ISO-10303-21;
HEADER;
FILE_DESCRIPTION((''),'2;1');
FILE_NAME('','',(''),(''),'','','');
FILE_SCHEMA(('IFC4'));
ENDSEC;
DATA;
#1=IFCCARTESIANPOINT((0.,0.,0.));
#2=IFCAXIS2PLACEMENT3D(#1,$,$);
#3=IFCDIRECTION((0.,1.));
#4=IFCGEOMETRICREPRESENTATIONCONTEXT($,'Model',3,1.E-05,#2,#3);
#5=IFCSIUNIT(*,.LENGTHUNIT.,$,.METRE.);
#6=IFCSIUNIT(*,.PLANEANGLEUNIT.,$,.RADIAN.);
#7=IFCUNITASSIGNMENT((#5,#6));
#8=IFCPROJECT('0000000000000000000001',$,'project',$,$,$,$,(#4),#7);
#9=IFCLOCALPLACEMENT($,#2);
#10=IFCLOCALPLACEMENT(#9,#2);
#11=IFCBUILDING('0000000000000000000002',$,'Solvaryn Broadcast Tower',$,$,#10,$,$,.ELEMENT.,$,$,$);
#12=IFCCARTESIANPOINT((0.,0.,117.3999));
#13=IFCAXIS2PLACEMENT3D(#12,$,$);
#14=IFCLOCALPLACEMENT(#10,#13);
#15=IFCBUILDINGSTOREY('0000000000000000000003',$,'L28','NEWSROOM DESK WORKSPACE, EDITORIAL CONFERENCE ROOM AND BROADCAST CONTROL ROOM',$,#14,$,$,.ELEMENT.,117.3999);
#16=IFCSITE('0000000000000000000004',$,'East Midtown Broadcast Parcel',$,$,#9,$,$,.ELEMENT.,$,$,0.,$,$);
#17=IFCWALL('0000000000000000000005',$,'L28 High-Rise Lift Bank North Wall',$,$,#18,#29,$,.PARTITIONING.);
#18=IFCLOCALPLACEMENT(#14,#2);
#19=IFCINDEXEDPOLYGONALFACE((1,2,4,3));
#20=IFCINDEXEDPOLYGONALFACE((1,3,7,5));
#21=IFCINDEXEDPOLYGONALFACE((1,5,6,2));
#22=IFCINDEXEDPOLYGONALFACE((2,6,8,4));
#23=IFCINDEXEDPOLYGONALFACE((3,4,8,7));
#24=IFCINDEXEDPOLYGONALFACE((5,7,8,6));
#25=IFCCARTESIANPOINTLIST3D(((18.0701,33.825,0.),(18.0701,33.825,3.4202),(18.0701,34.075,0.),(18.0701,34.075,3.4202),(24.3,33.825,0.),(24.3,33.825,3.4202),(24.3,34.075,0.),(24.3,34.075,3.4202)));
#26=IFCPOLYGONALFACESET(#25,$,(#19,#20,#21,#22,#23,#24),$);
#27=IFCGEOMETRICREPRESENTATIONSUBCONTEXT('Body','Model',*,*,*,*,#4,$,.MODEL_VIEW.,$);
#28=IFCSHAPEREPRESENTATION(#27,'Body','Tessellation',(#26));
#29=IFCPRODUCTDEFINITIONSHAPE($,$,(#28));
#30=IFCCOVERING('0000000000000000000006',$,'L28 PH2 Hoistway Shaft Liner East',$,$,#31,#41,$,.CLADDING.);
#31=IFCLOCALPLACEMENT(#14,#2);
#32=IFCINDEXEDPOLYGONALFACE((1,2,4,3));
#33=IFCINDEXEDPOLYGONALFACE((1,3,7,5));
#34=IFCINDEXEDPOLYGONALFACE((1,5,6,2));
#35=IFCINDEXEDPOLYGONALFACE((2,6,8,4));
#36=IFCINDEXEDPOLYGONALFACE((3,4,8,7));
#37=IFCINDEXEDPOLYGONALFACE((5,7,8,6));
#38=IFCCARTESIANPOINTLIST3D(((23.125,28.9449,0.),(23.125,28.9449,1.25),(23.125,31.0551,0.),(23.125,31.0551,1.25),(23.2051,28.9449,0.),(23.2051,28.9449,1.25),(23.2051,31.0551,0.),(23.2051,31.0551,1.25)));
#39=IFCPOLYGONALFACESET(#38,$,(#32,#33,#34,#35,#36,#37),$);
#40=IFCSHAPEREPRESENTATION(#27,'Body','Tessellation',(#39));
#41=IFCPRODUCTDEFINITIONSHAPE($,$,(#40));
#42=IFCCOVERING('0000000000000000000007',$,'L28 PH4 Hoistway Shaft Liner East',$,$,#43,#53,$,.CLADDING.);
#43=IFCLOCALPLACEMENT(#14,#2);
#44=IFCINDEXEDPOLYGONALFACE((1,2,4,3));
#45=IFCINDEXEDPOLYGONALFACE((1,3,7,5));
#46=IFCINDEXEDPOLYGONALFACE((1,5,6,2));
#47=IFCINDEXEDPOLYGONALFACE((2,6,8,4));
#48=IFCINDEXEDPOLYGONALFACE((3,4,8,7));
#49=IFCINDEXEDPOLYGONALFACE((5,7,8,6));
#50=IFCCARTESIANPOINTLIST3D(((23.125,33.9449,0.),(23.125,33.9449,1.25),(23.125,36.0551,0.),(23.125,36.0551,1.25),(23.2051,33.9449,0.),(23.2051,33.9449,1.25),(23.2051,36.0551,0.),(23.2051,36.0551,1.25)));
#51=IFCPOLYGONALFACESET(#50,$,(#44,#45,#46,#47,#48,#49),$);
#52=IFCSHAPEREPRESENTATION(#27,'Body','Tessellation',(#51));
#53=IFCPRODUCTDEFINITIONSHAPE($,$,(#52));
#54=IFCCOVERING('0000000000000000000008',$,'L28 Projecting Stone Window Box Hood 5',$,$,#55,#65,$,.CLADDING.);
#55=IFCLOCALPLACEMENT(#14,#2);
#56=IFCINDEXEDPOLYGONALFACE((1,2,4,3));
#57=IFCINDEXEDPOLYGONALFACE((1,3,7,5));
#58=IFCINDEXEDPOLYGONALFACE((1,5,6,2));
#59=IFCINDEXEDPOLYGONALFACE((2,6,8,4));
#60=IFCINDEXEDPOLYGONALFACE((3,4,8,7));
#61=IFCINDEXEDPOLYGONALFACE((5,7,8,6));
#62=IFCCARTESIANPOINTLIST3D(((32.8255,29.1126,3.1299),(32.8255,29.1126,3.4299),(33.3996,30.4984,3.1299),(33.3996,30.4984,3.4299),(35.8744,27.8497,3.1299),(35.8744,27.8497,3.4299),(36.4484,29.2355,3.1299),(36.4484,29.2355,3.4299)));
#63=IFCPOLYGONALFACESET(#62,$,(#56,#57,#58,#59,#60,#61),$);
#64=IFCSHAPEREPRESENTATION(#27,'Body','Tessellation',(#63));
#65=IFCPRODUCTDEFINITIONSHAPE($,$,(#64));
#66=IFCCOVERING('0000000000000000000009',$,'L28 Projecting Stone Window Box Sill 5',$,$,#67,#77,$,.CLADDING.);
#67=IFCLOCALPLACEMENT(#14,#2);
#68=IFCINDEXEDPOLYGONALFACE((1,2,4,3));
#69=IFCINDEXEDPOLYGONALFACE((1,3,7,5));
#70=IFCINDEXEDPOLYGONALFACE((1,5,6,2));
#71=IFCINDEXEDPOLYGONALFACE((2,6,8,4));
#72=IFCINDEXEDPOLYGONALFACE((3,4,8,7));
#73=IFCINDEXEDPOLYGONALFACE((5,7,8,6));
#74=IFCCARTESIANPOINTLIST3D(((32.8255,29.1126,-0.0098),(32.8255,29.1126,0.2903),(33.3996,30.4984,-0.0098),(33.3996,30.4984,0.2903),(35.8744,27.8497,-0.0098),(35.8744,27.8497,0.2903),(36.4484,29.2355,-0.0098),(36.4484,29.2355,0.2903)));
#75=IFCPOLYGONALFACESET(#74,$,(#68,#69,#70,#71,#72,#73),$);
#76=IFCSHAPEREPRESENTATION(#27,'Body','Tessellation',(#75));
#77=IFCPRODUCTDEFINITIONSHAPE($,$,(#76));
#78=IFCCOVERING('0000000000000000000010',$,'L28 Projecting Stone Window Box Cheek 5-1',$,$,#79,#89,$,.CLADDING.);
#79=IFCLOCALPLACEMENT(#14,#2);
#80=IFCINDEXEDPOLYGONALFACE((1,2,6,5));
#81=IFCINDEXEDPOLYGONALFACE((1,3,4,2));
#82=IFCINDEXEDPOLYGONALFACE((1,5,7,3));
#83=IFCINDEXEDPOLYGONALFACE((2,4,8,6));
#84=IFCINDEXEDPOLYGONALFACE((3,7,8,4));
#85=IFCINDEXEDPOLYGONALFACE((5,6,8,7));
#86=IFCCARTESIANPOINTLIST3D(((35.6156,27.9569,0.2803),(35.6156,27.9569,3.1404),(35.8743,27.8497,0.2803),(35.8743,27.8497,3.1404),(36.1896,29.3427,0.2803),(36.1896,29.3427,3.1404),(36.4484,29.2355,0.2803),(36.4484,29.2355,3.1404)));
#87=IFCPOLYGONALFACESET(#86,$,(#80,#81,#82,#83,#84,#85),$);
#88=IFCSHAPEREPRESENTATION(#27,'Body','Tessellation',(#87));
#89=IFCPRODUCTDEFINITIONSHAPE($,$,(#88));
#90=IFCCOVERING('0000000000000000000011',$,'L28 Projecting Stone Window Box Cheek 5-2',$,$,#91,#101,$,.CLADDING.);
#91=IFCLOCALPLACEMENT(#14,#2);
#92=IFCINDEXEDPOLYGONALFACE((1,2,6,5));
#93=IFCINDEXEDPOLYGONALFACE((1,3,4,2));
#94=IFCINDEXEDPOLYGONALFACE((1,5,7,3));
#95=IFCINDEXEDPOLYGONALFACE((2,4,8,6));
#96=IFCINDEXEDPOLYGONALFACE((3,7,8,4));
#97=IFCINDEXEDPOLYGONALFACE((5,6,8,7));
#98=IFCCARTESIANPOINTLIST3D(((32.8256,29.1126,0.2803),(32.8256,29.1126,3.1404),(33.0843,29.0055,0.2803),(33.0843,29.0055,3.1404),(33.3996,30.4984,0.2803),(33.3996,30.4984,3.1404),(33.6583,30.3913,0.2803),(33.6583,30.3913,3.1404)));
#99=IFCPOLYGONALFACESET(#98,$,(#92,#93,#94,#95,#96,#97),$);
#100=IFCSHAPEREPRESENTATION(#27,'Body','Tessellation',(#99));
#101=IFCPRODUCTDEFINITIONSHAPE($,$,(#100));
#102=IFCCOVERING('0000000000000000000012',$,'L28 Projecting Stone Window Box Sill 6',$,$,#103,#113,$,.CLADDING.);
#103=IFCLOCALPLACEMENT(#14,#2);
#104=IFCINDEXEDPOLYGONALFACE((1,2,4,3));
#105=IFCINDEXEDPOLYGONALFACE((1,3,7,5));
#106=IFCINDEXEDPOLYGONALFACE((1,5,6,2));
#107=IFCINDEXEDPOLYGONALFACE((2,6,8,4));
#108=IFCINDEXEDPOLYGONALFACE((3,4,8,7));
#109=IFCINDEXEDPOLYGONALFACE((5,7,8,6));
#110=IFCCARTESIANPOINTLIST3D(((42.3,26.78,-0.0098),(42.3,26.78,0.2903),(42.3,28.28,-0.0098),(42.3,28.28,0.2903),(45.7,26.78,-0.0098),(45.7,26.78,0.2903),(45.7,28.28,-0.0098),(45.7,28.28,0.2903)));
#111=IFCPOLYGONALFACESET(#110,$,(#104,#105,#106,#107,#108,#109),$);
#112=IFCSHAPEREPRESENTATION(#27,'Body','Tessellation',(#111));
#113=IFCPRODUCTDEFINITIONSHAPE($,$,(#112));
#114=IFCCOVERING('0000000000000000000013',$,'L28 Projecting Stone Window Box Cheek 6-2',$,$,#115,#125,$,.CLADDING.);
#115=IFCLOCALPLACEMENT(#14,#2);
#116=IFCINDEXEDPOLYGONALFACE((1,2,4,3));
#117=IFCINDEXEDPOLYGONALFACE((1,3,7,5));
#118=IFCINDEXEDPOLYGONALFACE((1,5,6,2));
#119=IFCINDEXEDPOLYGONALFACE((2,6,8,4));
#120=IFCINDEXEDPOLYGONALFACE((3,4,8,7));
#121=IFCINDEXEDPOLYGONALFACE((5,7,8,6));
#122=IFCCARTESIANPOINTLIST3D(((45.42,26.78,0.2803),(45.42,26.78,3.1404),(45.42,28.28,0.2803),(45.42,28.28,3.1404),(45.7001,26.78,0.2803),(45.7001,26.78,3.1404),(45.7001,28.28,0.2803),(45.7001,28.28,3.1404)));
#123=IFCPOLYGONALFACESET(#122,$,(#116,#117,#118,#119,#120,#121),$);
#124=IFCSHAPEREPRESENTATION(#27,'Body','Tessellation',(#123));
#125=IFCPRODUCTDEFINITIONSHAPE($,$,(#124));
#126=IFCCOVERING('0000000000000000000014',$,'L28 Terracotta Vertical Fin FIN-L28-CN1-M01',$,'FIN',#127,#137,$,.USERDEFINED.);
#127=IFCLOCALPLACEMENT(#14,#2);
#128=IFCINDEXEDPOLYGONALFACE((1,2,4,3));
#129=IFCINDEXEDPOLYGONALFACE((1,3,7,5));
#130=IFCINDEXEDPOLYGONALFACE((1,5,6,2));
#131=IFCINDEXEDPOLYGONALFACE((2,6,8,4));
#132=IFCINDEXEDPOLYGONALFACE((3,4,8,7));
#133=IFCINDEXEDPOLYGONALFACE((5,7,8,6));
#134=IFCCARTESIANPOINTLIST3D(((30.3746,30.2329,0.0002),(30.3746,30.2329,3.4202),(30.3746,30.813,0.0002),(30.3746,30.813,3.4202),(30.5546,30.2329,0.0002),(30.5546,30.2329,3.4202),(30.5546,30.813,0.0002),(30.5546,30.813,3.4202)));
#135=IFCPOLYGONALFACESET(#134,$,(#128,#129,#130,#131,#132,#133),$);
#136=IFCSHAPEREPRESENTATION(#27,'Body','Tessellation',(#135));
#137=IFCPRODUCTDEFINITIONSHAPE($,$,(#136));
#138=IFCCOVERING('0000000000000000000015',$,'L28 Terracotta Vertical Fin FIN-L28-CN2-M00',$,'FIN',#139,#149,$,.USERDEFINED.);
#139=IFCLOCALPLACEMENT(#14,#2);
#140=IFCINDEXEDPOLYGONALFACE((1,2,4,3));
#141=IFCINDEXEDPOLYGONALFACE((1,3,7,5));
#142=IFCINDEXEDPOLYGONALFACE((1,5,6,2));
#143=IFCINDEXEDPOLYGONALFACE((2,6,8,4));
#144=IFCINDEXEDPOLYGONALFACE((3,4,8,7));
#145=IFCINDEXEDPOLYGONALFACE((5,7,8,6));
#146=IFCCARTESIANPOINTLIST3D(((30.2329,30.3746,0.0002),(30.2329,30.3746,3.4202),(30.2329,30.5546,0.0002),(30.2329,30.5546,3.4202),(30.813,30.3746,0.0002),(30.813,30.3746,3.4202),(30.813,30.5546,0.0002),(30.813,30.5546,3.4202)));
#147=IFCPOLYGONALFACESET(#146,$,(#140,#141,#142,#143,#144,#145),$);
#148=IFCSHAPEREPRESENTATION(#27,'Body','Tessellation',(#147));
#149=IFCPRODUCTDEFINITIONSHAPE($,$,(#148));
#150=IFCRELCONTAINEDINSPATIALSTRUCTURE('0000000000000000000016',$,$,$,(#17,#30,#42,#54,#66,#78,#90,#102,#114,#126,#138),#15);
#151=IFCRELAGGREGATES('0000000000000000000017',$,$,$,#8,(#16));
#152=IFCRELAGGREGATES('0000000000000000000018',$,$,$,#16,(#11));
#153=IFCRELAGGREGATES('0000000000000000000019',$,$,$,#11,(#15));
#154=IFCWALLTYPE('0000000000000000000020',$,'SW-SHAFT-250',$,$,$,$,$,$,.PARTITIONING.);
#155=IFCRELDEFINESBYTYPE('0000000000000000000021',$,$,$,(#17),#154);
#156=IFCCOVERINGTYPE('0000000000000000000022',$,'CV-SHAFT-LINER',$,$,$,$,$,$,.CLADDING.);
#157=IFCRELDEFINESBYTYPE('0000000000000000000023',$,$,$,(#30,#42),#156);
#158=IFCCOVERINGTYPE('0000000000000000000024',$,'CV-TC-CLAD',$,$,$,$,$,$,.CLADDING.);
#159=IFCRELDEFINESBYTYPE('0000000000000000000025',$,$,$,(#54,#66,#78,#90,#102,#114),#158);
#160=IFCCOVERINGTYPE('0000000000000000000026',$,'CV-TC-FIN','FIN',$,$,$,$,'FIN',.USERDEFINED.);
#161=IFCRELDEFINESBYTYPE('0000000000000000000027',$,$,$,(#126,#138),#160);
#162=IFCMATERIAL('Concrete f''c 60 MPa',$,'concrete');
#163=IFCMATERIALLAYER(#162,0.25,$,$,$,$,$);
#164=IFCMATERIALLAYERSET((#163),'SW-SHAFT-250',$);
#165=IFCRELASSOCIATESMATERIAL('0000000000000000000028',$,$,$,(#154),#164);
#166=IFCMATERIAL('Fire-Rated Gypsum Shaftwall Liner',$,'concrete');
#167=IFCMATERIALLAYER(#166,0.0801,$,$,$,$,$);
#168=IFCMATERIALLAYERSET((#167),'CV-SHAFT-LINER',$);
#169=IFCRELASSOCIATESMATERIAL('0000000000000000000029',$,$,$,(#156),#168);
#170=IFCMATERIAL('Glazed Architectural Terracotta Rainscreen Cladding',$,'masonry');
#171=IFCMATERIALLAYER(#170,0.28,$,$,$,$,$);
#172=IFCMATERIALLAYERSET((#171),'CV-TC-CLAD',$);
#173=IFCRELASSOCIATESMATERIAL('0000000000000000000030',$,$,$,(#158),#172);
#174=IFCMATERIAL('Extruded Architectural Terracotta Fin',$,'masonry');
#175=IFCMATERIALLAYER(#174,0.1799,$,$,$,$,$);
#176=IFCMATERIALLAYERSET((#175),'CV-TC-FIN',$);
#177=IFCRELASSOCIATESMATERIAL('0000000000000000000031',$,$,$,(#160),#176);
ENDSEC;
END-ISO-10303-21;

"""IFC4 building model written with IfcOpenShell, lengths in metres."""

from ifc_helpers import new_model, si_unit, direction, frame, frame_2d, origin, origin_2d, place, context, subcontext, project, spatial, rectangle, extrude, material, layer, layer_set, type_object, element, save


model = new_model("IFC4")

# Units and contexts
model_context = context("Model", 3, precision=1e-05, world=origin(), true_north=direction((0.0, 1.0)))
body_context = subcontext(model_context, "Body", "Model", "MODEL_VIEW")
ifc_project = project(units=[si_unit("LENGTHUNIT", "METRE"), si_unit("PLANEANGLEUNIT", "RADIAN")], contexts=[model_context])

# Site, building, storey
site_placement = place(None, origin())
site = spatial("IfcSite", under=ifc_project, at=site_placement, Name="East Midtown Broadcast Parcel", CompositionType="ELEMENT", RefElevation=0.0)
building_placement = place(site_placement, origin())
building = spatial("IfcBuilding", under=site, at=building_placement, Name="Solvaryn Broadcast Tower", CompositionType="ELEMENT")
storey_placement = place(building_placement, frame((0.0, 0.0, 117.3999)))
storey = spatial("IfcBuildingStorey", under=building, at=storey_placement, Name="L28", Description="NEWSROOM DESK WORKSPACE, EDITORIAL CONFERENCE ROOM AND BROADCAST CONTROL ROOM", CompositionType="ELEMENT", Elevation=117.3999)

# Wall
ifc_material_1 = material(Name="Concrete f'c 60 MPa", Category="concrete")
ifc_layer_1 = layer(ifc_material_1, 0.25)
ifc_layer_set_1 = layer_set([ifc_layer_1], Name="SW-SHAFT-250")
wall_type_1 = type_object("IfcWallType", Name="SW-SHAFT-250", PredefinedType="PARTITIONING", material=ifc_layer_set_1)
wall_1_placement = place(storey_placement, frame((24.3, 33.95, 0.0), z_axis=(0.0, 0.0, 1.0), x_axis=(-1.0, 0.0, 0.0)))
element("IfcWall", 1, at=wall_1_placement, inside=storey, type_object=wall_type_1, Name="L28 High-Rise Lift Bank North Wall", PredefinedType="PARTITIONING", context=body_context, shape_type="SweptSolid", body=[
    extrude(rectangle(XDim=6.23, YDim=0.25, at=frame_2d((3.115, 0.0))), origin(), (0.0, 0.0, 1.0), 3.4202),
])

# Coverings
ifc_material_2 = material(Name="Fire-Rated Gypsum Shaftwall Liner", Category="concrete")
ifc_layer_2 = layer(ifc_material_2, 0.0801)
ifc_layer_set_2 = layer_set([ifc_layer_2], Name="CV-SHAFT-LINER")
covering_type_1 = type_object("IfcCoveringType", Name="CV-SHAFT-LINER", PredefinedType="CLADDING", material=ifc_layer_set_2)
for number, where, z_axis, x_axis, name in (
    (2, (23.165, 30.0, 0.0), (0.0, 0.0, 1.0), (1.0, 0.0, 0.0), "L28 PH2 Hoistway Shaft Liner East"),
    (3, (23.165, 35.0, 0.0), (0.0, 0.0, 1.0), (1.0, 0.0, 0.0), "L28 PH4 Hoistway Shaft Liner East"),
):
    element("IfcCovering", number, at=place(storey_placement, frame(where, z_axis=z_axis, x_axis=x_axis)), inside=storey, type_object=covering_type_1, Name=name, PredefinedType="CLADDING", context=body_context, shape_type="SweptSolid", body=[
        extrude(rectangle(XDim=0.0801, YDim=2.1101, at=origin_2d()), origin(), (0.0, 0.0, 1.0), 1.25),
    ])
ifc_material_3 = material(Name="Glazed Architectural Terracotta Rainscreen Cladding", Category="masonry")
ifc_layer_3 = layer(ifc_material_3, 0.28)
ifc_layer_set_3 = layer_set([ifc_layer_3], Name="CV-TC-CLAD")
covering_type_2 = type_object("IfcCoveringType", Name="CV-TC-CLAD", PredefinedType="CLADDING", material=ifc_layer_set_3)
for number, where, z_axis, x_axis, name in (
    (4, (34.637, 29.1741, 3.1299), (0.0, 0.0, 1.0), (-0.92388, 0.382683, 0.0), "L28 Projecting Stone Window Box Hood 5"),
    (5, (34.637, 29.1741, -0.0098), (0.0, 0.0, 1.0), (-0.92388, 0.382683, 0.0), "L28 Projecting Stone Window Box Sill 5"),
):
    element("IfcCovering", number, at=place(storey_placement, frame(where, z_axis=z_axis, x_axis=x_axis)), inside=storey, type_object=covering_type_2, Name=name, PredefinedType="CLADDING", context=body_context, shape_type="SweptSolid", body=[
        extrude(rectangle(XDim=3.3, YDim=1.5, at=origin_2d()), origin(), (0.0, 0.0, 1.0), 0.3),
    ])
for number, where, z_axis, x_axis, name in (
    (6, (36.032, 28.5962, 0.2803), (0.0, 0.0, 1.0), (-0.92388, 0.382683, 0.0), "L28 Projecting Stone Window Box Cheek 5-1"),
    (7, (33.2419, 29.752, 0.2803), (0.0, 0.0, 1.0), (-0.92388, 0.382683, 0.0), "L28 Projecting Stone Window Box Cheek 5-2"),
):
    element("IfcCovering", number, at=place(storey_placement, frame(where, z_axis=z_axis, x_axis=x_axis)), inside=storey, type_object=covering_type_2, Name=name, PredefinedType="CLADDING", context=body_context, shape_type="SweptSolid", body=[
        extrude(rectangle(XDim=0.28, YDim=1.5, at=origin_2d()), origin(), (0.0, 0.0, 1.0), 2.8601),
    ])
covering_1_placement = place(storey_placement, frame((44.0, 27.53, -0.0098), z_axis=(0.0, 0.0, 1.0), x_axis=(1.0, 0.0, 0.0)))
element("IfcCovering", 8, at=covering_1_placement, inside=storey, type_object=covering_type_2, Name="L28 Projecting Stone Window Box Sill 6", PredefinedType="CLADDING", context=body_context, shape_type="SweptSolid", body=[
    extrude(rectangle(XDim=3.3999, YDim=1.5, at=origin_2d()), origin(), (0.0, 0.0, 1.0), 0.3),
])
covering_2_placement = place(storey_placement, frame((45.5601, 27.53, 0.2803), z_axis=(0.0, 0.0, 1.0), x_axis=(1.0, 0.0, 0.0)))
element("IfcCovering", 9, at=covering_2_placement, inside=storey, type_object=covering_type_2, Name="L28 Projecting Stone Window Box Cheek 6-2", PredefinedType="CLADDING", context=body_context, shape_type="SweptSolid", body=[
    extrude(rectangle(XDim=0.28, YDim=1.5, at=origin_2d()), origin(), (0.0, 0.0, 1.0), 2.8601),
])
ifc_material_4 = material(Name="Extruded Architectural Terracotta Fin", Category="masonry")
ifc_layer_4 = layer(ifc_material_4, 0.1799)
ifc_layer_set_4 = layer_set([ifc_layer_4], Name="CV-TC-FIN")
covering_type_3 = type_object("IfcCoveringType", Name="CV-TC-FIN", Description="FIN", ElementType="FIN", PredefinedType="USERDEFINED", material=ifc_layer_set_4)
covering_3_placement = place(storey_placement, frame((30.4646, 30.5229, 0.0002), z_axis=(0.0, 0.0, 1.0), x_axis=(1.0, 0.0, 0.0)))
element("IfcCovering", 10, at=covering_3_placement, inside=storey, type_object=covering_type_3, Name="L28 Terracotta Vertical Fin FIN-L28-CN1-M01", ObjectType="FIN", PredefinedType="USERDEFINED", context=body_context, shape_type="SweptSolid", body=[
    extrude(rectangle(XDim=0.1799, YDim=0.5801, at=origin_2d()), origin(), (0.0, 0.0, 1.0), 3.4199),
])
covering_4_placement = place(storey_placement, frame((30.5229, 30.4646, 0.0002), z_axis=(0.0, 0.0, 1.0), x_axis=(1.0, 0.0, 0.0)))
element("IfcCovering", 11, at=covering_4_placement, inside=storey, type_object=covering_type_3, Name="L28 Terracotta Vertical Fin FIN-L28-CN2-M00", ObjectType="FIN", PredefinedType="USERDEFINED", context=body_context, shape_type="SweptSolid", body=[
    extrude(rectangle(XDim=0.5801, YDim=0.1799, at=origin_2d()), origin(), (0.0, 0.0, 1.0), 3.4199),
])

save(model, "model.ifc")
